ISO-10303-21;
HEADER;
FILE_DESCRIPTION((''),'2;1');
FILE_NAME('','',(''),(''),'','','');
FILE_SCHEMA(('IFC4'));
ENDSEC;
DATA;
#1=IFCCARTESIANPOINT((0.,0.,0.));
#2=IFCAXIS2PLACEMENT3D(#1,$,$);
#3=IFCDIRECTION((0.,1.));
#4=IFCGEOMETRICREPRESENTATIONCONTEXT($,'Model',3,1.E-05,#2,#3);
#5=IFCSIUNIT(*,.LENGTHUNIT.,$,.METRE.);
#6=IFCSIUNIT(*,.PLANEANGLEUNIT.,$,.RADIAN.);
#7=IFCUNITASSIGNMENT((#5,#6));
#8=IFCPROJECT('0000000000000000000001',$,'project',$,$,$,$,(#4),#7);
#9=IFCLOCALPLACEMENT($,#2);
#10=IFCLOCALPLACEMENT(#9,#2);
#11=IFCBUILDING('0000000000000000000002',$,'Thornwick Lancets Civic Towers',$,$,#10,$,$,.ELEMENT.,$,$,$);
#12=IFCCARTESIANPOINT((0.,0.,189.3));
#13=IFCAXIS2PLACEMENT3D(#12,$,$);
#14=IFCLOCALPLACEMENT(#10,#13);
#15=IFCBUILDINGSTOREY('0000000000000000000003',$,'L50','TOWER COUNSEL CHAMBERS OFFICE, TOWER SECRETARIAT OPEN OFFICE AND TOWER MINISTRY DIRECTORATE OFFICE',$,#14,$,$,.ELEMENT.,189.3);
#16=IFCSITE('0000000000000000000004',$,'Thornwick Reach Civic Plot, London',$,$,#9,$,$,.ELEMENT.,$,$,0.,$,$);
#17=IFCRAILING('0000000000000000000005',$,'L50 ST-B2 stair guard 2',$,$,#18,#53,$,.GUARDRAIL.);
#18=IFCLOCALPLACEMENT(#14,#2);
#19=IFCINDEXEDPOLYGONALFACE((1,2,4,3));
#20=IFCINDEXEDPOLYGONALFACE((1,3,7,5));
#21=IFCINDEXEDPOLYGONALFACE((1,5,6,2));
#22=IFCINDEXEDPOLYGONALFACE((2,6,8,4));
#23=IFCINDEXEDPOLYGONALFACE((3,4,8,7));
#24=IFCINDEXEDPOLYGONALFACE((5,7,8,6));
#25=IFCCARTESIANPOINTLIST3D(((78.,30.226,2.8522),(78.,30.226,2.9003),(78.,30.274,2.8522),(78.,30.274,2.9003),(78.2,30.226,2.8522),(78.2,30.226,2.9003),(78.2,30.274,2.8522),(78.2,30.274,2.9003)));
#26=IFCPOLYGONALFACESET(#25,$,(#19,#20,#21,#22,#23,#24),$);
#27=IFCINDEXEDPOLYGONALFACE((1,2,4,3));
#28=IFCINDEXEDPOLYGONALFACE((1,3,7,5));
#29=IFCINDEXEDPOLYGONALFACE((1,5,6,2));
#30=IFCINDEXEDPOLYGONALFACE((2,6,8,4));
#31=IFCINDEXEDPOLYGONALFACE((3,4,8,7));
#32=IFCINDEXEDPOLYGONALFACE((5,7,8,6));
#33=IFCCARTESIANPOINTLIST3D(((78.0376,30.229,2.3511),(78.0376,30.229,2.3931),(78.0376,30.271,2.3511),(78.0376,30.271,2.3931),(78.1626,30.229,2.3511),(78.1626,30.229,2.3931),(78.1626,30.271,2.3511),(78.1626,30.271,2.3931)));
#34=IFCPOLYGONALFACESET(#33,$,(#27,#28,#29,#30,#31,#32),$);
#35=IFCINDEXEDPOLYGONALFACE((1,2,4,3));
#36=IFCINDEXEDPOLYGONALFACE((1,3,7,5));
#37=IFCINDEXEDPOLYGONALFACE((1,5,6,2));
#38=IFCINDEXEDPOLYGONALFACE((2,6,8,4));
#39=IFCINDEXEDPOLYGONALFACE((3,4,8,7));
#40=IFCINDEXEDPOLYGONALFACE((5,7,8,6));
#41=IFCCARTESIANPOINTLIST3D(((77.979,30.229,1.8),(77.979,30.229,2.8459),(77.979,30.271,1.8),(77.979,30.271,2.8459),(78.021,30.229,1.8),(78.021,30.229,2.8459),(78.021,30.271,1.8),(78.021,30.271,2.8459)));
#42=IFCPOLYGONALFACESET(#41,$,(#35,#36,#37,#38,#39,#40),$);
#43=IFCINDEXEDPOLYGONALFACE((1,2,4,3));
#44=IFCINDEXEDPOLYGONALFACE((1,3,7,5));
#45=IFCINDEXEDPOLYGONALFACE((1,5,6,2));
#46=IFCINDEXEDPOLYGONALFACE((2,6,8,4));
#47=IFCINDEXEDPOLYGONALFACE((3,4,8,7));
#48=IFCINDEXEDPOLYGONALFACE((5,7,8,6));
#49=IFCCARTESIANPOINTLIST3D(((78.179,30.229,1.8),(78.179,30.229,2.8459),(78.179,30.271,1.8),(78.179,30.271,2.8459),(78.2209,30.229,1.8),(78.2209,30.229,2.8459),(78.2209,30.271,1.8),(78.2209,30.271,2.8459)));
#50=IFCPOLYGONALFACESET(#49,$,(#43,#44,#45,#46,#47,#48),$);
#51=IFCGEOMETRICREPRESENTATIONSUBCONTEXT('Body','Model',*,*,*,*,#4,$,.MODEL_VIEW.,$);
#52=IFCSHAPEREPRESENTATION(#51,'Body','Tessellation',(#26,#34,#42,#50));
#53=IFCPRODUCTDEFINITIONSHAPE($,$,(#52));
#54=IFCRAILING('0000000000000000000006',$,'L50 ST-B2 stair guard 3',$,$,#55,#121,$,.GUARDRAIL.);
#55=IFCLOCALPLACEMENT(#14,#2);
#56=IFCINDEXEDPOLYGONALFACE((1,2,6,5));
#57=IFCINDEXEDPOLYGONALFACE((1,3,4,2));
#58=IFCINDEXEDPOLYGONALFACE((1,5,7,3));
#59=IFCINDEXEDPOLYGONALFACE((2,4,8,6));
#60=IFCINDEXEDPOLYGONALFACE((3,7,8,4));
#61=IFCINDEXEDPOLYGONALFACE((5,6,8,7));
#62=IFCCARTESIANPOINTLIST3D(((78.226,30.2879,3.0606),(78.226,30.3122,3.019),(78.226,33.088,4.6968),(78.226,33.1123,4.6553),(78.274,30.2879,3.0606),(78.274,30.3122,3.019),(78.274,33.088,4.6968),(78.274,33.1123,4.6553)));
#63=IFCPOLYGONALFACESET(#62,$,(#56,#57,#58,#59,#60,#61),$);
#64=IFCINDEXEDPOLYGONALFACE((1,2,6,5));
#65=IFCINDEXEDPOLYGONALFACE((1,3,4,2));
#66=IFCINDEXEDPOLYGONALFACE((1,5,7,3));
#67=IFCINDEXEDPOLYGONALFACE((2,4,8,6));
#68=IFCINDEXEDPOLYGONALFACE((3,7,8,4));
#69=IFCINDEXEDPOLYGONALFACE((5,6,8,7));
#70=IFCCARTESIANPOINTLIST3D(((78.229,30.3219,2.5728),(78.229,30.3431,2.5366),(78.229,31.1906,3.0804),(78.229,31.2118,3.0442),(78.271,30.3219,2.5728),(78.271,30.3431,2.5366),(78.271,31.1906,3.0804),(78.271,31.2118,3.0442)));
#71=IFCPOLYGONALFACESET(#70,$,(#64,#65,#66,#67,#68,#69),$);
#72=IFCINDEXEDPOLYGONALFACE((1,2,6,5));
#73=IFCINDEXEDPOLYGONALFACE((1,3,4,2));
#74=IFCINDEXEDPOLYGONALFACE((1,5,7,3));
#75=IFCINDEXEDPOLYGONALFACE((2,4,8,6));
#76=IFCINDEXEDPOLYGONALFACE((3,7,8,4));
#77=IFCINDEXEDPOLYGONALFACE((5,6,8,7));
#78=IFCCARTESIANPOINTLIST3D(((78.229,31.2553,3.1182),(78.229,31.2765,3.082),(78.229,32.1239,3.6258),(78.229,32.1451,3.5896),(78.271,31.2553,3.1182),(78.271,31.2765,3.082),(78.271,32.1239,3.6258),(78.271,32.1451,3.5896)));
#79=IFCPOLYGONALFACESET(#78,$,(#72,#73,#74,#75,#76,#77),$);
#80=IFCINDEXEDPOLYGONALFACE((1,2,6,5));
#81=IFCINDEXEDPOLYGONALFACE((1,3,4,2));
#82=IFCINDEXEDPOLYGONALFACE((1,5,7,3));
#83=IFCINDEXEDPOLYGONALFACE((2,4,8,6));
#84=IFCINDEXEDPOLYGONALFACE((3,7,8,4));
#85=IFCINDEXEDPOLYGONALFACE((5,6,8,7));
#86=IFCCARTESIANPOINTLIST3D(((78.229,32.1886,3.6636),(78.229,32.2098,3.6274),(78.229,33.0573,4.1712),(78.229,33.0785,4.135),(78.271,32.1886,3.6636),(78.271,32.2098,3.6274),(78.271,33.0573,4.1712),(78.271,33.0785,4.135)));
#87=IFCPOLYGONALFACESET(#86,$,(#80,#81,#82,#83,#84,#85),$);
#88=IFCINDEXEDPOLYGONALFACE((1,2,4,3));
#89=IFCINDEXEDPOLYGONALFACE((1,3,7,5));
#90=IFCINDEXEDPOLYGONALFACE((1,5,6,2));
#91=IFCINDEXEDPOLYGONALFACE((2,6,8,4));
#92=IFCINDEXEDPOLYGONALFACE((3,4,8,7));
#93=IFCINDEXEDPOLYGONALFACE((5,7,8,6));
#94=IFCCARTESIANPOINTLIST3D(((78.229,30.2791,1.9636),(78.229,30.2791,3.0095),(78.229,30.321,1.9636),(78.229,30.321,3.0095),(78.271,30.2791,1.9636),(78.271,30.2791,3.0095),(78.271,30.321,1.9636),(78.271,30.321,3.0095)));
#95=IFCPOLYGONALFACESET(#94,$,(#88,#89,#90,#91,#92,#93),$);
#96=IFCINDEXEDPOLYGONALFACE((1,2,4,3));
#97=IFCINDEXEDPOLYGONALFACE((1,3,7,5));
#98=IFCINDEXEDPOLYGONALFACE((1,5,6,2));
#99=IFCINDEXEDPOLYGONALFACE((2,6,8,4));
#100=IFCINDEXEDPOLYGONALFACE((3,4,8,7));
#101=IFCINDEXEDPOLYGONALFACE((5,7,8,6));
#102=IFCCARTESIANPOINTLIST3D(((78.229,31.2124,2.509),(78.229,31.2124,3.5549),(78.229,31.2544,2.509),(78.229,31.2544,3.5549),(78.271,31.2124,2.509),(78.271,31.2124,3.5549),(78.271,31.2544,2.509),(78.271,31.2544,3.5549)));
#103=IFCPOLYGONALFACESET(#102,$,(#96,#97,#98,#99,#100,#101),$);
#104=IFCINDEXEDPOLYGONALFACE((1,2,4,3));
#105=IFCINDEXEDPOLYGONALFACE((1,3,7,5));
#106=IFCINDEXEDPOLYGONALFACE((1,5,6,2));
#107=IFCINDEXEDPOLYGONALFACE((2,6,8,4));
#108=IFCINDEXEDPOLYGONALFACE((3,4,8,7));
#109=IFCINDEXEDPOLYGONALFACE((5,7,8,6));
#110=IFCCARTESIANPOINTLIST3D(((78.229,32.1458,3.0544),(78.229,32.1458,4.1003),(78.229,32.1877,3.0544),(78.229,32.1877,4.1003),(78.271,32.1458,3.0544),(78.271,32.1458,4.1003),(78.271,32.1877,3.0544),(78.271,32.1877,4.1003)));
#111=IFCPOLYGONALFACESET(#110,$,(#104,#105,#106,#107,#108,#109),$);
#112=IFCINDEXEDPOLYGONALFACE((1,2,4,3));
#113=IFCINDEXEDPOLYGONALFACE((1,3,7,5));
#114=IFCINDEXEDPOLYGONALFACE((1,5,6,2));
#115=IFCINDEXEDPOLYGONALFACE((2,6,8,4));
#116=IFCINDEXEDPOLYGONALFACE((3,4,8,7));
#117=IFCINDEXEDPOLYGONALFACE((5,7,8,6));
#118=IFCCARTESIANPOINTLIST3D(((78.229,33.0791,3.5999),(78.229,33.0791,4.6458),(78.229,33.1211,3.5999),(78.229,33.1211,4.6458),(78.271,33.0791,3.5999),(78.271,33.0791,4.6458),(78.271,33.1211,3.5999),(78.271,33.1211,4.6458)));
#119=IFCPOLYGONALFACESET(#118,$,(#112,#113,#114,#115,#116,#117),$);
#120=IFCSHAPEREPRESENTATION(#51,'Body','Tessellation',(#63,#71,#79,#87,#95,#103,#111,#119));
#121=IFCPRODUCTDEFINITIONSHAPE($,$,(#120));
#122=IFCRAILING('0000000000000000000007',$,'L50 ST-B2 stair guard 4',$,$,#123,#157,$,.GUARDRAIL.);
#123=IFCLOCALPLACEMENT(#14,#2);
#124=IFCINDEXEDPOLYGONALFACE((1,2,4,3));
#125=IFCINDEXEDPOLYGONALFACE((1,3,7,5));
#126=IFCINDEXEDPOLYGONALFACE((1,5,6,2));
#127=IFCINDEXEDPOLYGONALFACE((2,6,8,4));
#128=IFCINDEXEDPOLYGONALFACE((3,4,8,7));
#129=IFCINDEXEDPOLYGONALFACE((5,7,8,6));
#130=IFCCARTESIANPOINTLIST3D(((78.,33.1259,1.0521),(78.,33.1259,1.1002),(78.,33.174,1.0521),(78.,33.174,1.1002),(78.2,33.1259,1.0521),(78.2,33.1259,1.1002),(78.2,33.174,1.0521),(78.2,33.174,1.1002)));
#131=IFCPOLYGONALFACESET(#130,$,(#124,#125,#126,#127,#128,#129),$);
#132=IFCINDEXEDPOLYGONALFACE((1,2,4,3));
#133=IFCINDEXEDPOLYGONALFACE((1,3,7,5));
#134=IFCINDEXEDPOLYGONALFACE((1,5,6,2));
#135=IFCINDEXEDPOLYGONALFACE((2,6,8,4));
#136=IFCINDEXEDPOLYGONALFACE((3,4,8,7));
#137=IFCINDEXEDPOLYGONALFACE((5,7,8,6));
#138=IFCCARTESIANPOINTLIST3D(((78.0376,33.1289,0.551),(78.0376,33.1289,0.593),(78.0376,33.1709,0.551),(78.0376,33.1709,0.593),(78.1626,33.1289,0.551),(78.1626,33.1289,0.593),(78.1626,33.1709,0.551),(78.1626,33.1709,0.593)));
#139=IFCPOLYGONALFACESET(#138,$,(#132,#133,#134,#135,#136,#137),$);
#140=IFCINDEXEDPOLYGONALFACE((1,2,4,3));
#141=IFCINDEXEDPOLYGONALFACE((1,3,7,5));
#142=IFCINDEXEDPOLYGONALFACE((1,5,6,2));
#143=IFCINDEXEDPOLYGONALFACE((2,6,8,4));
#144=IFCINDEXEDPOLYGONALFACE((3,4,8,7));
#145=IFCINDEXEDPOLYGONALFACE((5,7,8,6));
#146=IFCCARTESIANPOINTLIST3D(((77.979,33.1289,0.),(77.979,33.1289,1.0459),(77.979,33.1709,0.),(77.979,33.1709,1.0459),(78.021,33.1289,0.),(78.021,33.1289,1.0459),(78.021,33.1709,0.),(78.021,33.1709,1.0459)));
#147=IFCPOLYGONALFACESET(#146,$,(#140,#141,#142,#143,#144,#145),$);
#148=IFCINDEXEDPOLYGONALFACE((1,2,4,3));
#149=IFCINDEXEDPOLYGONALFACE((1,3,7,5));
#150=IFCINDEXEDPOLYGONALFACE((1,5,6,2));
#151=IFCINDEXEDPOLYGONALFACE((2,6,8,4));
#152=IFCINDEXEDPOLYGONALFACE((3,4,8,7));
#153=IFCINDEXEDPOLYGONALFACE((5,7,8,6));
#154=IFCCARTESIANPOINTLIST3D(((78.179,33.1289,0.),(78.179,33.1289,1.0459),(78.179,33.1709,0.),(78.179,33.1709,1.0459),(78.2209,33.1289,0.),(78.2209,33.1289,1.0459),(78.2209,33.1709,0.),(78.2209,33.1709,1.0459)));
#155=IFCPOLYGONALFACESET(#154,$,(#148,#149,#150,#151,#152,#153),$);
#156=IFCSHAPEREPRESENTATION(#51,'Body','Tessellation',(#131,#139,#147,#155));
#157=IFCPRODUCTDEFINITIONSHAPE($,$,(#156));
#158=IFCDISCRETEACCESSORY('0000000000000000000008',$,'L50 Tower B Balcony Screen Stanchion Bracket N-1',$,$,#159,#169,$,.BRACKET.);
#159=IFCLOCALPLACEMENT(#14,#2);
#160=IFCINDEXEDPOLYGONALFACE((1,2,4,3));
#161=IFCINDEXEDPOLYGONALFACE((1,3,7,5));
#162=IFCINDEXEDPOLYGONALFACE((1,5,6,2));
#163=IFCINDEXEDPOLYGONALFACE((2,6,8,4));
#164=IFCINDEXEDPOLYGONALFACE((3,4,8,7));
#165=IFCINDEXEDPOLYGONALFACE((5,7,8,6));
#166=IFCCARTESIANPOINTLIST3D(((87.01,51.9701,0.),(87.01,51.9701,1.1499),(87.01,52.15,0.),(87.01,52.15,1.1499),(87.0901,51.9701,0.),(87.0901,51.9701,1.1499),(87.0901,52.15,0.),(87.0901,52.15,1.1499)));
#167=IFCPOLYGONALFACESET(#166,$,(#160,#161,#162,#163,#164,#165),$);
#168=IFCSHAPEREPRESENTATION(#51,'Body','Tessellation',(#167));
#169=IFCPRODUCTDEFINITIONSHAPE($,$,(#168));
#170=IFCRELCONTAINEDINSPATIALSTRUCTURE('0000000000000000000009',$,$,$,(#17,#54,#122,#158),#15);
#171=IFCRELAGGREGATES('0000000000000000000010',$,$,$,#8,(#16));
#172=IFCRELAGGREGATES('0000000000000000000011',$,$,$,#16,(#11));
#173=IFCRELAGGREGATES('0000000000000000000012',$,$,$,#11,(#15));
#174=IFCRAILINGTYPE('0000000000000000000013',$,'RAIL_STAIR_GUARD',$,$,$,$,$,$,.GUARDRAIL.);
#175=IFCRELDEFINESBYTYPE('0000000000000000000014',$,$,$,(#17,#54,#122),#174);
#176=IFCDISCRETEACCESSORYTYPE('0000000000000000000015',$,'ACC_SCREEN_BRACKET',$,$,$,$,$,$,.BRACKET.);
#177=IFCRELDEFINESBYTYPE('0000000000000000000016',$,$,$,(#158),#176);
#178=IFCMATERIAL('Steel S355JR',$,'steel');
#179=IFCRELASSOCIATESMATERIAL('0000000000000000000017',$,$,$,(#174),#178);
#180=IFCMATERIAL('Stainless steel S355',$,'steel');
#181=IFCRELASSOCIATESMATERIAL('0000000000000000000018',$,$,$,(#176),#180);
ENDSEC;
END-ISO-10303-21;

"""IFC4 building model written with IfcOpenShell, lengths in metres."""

from ifc_helpers import new_model, si_unit, direction, frame, origin, origin_2d, place, context, subcontext, project, spatial, rectangle, extrude, material, type_object, element, save


model = new_model("IFC4")

# Units and contexts
model_context = context("Model", 3, precision=1e-05, world=origin(), true_north=direction((0.0, 1.0)))
body_context = subcontext(model_context, "Body", "Model", "MODEL_VIEW")
ifc_project = project(units=[si_unit("LENGTHUNIT", "METRE"), si_unit("PLANEANGLEUNIT", "RADIAN")], contexts=[model_context])

# Site, building, storey
site_placement = place(None, origin())
site = spatial("IfcSite", under=ifc_project, at=site_placement, Name="Thornwick Reach Civic Plot, London", CompositionType="ELEMENT", RefElevation=0.0)
building_placement = place(site_placement, origin())
building = spatial("IfcBuilding", under=site, at=building_placement, Name="Thornwick Lancets Civic Towers", CompositionType="ELEMENT")
storey_placement = place(building_placement, frame((0.0, 0.0, 189.3)))
storey = spatial("IfcBuildingStorey", under=building, at=storey_placement, Name="L50", Description="TOWER COUNSEL CHAMBERS OFFICE, TOWER SECRETARIAT OPEN OFFICE AND TOWER MINISTRY DIRECTORATE OFFICE", CompositionType="ELEMENT", Elevation=189.3)

# Railings
ifc_material_1 = material(Name="Steel S355JR", Category="steel")
railing_type_1 = type_object("IfcRailingType", Name="RAIL_STAIR_GUARD", PredefinedType="GUARDRAIL", material=ifc_material_1)
railing_1_placement = place(storey_placement, frame((78.0, 30.25, 1.8)))
element("IfcRailing", 1, at=railing_1_placement, inside=storey, type_object=railing_type_1, Name="L50 ST-B2 stair guard 2", PredefinedType="GUARDRAIL", context=body_context, shape_type="SweptSolid", body=[
    extrude(rectangle(XDim=0.0481, YDim=0.0481, at=origin_2d()), frame((0.0, 0.0, 1.0762), z_axis=(1.0, 0.0, 0.0), x_axis=(0.0, 1.0, 0.0)), (0.0, 0.0, 1.0), 0.2),
    extrude(rectangle(XDim=0.042, YDim=0.042, at=origin_2d()), frame((0.0376, 0.0, 0.572), z_axis=(1.0, 0.0, 0.0), x_axis=(0.0, 1.0, 0.0)), (0.0, 0.0, 1.0), 0.125),
    extrude(rectangle(XDim=0.042, YDim=0.042, at=origin_2d()), origin(), (0.0, 0.0, 1.0), 1.0459),
    extrude(rectangle(XDim=0.042, YDim=0.042, at=origin_2d()), frame((0.2, 0.0, 0.0)), (0.0, 0.0, 1.0), 1.0459),
])
railing_2_placement = place(storey_placement, frame((78.25, 30.3, 1.9636)))
element("IfcRailing", 2, at=railing_2_placement, inside=storey, type_object=railing_type_1, Name="L50 ST-B2 stair guard 3", PredefinedType="GUARDRAIL", context=body_context, shape_type="SweptSolid", body=[
    extrude(rectangle(XDim=0.0481, YDim=0.0481, at=origin_2d()), frame((0.0, 0.0, 1.0762), z_axis=(0.0, 0.863394, 0.504531), x_axis=(-1.0, 0.0, 0.0)), (0.0, 0.0, 1.0), 3.2432),
    extrude(rectangle(XDim=0.042, YDim=0.042, at=origin_2d()), frame((0.0, 0.0325, 0.5911), z_axis=(0.0, 0.863394, 0.504531), x_axis=(-1.0, 0.0, 0.0)), (0.0, 0.0, 1.0), 1.0061),
    extrude(rectangle(XDim=0.042, YDim=0.042, at=origin_2d()), frame((0.0, 0.9658, 1.1365), z_axis=(0.0, 0.863394, 0.504531), x_axis=(-1.0, 0.0, 0.0)), (0.0, 0.0, 1.0), 1.0061),
    extrude(rectangle(XDim=0.042, YDim=0.042, at=origin_2d()), frame((0.0, 1.8992, 1.6819), z_axis=(0.0, 0.863394, 0.504531), x_axis=(-1.0, 0.0, 0.0)), (0.0, 0.0, 1.0), 1.0061),
    extrude(rectangle(XDim=0.042, YDim=0.042, at=origin_2d()), origin(), (0.0, 0.0, 1.0), 1.0459),
    extrude(rectangle(XDim=0.042, YDim=0.042, at=origin_2d()), frame((0.0, 0.9333, 0.5454)), (0.0, 0.0, 1.0), 1.0459),
    extrude(rectangle(XDim=0.042, YDim=0.042, at=origin_2d()), frame((0.0, 1.8667, 1.0908)), (0.0, 0.0, 1.0), 1.0459),
    extrude(rectangle(XDim=0.042, YDim=0.042, at=origin_2d()), frame((0.0, 2.8, 1.6362)), (0.0, 0.0, 1.0), 1.0459),
])
railing_3_placement = place(storey_placement, frame((78.0, 33.1499, 0.0)))
element("IfcRailing", 3, at=railing_3_placement, inside=storey, type_object=railing_type_1, Name="L50 ST-B2 stair guard 4", PredefinedType="GUARDRAIL", context=body_context, shape_type="SweptSolid", body=[
    extrude(rectangle(XDim=0.0481, YDim=0.0481, at=origin_2d()), frame((0.0, 0.0, 1.0762), z_axis=(1.0, 0.0, 0.0), x_axis=(0.0, 1.0, 0.0)), (0.0, 0.0, 1.0), 0.2),
    extrude(rectangle(XDim=0.042, YDim=0.042, at=origin_2d()), frame((0.0376, 0.0, 0.572), z_axis=(1.0, 0.0, 0.0), x_axis=(0.0, 1.0, 0.0)), (0.0, 0.0, 1.0), 0.125),
    extrude(rectangle(XDim=0.042, YDim=0.042, at=origin_2d()), origin(), (0.0, 0.0, 1.0), 1.0459),
    extrude(rectangle(XDim=0.042, YDim=0.042, at=origin_2d()), frame((0.2, 0.0, 0.0)), (0.0, 0.0, 1.0), 1.0459),
])

# Discrete accessory
ifc_material_2 = material(Name="Stainless steel S355", Category="steel")
discrete_accessory_type = type_object("IfcDiscreteAccessoryType", Name="ACC_SCREEN_BRACKET", PredefinedType="BRACKET", material=ifc_material_2)
discrete_accessory_placement = place(storey_placement, frame((87.05, 52.0601, 0.0), z_axis=(0.0, 0.0, 1.0), x_axis=(1.0, 0.0, 0.0)))
element("IfcDiscreteAccessory", 4, at=discrete_accessory_placement, inside=storey, type_object=discrete_accessory_type, Name="L50 Tower B Balcony Screen Stanchion Bracket N-1", PredefinedType="BRACKET", context=body_context, shape_type="SweptSolid", body=[
    extrude(rectangle(XDim=0.0801, YDim=0.1799, at=origin_2d()), origin(), (0.0, 0.0, 1.0), 1.1499),
])

save(model, "model.ifc")
